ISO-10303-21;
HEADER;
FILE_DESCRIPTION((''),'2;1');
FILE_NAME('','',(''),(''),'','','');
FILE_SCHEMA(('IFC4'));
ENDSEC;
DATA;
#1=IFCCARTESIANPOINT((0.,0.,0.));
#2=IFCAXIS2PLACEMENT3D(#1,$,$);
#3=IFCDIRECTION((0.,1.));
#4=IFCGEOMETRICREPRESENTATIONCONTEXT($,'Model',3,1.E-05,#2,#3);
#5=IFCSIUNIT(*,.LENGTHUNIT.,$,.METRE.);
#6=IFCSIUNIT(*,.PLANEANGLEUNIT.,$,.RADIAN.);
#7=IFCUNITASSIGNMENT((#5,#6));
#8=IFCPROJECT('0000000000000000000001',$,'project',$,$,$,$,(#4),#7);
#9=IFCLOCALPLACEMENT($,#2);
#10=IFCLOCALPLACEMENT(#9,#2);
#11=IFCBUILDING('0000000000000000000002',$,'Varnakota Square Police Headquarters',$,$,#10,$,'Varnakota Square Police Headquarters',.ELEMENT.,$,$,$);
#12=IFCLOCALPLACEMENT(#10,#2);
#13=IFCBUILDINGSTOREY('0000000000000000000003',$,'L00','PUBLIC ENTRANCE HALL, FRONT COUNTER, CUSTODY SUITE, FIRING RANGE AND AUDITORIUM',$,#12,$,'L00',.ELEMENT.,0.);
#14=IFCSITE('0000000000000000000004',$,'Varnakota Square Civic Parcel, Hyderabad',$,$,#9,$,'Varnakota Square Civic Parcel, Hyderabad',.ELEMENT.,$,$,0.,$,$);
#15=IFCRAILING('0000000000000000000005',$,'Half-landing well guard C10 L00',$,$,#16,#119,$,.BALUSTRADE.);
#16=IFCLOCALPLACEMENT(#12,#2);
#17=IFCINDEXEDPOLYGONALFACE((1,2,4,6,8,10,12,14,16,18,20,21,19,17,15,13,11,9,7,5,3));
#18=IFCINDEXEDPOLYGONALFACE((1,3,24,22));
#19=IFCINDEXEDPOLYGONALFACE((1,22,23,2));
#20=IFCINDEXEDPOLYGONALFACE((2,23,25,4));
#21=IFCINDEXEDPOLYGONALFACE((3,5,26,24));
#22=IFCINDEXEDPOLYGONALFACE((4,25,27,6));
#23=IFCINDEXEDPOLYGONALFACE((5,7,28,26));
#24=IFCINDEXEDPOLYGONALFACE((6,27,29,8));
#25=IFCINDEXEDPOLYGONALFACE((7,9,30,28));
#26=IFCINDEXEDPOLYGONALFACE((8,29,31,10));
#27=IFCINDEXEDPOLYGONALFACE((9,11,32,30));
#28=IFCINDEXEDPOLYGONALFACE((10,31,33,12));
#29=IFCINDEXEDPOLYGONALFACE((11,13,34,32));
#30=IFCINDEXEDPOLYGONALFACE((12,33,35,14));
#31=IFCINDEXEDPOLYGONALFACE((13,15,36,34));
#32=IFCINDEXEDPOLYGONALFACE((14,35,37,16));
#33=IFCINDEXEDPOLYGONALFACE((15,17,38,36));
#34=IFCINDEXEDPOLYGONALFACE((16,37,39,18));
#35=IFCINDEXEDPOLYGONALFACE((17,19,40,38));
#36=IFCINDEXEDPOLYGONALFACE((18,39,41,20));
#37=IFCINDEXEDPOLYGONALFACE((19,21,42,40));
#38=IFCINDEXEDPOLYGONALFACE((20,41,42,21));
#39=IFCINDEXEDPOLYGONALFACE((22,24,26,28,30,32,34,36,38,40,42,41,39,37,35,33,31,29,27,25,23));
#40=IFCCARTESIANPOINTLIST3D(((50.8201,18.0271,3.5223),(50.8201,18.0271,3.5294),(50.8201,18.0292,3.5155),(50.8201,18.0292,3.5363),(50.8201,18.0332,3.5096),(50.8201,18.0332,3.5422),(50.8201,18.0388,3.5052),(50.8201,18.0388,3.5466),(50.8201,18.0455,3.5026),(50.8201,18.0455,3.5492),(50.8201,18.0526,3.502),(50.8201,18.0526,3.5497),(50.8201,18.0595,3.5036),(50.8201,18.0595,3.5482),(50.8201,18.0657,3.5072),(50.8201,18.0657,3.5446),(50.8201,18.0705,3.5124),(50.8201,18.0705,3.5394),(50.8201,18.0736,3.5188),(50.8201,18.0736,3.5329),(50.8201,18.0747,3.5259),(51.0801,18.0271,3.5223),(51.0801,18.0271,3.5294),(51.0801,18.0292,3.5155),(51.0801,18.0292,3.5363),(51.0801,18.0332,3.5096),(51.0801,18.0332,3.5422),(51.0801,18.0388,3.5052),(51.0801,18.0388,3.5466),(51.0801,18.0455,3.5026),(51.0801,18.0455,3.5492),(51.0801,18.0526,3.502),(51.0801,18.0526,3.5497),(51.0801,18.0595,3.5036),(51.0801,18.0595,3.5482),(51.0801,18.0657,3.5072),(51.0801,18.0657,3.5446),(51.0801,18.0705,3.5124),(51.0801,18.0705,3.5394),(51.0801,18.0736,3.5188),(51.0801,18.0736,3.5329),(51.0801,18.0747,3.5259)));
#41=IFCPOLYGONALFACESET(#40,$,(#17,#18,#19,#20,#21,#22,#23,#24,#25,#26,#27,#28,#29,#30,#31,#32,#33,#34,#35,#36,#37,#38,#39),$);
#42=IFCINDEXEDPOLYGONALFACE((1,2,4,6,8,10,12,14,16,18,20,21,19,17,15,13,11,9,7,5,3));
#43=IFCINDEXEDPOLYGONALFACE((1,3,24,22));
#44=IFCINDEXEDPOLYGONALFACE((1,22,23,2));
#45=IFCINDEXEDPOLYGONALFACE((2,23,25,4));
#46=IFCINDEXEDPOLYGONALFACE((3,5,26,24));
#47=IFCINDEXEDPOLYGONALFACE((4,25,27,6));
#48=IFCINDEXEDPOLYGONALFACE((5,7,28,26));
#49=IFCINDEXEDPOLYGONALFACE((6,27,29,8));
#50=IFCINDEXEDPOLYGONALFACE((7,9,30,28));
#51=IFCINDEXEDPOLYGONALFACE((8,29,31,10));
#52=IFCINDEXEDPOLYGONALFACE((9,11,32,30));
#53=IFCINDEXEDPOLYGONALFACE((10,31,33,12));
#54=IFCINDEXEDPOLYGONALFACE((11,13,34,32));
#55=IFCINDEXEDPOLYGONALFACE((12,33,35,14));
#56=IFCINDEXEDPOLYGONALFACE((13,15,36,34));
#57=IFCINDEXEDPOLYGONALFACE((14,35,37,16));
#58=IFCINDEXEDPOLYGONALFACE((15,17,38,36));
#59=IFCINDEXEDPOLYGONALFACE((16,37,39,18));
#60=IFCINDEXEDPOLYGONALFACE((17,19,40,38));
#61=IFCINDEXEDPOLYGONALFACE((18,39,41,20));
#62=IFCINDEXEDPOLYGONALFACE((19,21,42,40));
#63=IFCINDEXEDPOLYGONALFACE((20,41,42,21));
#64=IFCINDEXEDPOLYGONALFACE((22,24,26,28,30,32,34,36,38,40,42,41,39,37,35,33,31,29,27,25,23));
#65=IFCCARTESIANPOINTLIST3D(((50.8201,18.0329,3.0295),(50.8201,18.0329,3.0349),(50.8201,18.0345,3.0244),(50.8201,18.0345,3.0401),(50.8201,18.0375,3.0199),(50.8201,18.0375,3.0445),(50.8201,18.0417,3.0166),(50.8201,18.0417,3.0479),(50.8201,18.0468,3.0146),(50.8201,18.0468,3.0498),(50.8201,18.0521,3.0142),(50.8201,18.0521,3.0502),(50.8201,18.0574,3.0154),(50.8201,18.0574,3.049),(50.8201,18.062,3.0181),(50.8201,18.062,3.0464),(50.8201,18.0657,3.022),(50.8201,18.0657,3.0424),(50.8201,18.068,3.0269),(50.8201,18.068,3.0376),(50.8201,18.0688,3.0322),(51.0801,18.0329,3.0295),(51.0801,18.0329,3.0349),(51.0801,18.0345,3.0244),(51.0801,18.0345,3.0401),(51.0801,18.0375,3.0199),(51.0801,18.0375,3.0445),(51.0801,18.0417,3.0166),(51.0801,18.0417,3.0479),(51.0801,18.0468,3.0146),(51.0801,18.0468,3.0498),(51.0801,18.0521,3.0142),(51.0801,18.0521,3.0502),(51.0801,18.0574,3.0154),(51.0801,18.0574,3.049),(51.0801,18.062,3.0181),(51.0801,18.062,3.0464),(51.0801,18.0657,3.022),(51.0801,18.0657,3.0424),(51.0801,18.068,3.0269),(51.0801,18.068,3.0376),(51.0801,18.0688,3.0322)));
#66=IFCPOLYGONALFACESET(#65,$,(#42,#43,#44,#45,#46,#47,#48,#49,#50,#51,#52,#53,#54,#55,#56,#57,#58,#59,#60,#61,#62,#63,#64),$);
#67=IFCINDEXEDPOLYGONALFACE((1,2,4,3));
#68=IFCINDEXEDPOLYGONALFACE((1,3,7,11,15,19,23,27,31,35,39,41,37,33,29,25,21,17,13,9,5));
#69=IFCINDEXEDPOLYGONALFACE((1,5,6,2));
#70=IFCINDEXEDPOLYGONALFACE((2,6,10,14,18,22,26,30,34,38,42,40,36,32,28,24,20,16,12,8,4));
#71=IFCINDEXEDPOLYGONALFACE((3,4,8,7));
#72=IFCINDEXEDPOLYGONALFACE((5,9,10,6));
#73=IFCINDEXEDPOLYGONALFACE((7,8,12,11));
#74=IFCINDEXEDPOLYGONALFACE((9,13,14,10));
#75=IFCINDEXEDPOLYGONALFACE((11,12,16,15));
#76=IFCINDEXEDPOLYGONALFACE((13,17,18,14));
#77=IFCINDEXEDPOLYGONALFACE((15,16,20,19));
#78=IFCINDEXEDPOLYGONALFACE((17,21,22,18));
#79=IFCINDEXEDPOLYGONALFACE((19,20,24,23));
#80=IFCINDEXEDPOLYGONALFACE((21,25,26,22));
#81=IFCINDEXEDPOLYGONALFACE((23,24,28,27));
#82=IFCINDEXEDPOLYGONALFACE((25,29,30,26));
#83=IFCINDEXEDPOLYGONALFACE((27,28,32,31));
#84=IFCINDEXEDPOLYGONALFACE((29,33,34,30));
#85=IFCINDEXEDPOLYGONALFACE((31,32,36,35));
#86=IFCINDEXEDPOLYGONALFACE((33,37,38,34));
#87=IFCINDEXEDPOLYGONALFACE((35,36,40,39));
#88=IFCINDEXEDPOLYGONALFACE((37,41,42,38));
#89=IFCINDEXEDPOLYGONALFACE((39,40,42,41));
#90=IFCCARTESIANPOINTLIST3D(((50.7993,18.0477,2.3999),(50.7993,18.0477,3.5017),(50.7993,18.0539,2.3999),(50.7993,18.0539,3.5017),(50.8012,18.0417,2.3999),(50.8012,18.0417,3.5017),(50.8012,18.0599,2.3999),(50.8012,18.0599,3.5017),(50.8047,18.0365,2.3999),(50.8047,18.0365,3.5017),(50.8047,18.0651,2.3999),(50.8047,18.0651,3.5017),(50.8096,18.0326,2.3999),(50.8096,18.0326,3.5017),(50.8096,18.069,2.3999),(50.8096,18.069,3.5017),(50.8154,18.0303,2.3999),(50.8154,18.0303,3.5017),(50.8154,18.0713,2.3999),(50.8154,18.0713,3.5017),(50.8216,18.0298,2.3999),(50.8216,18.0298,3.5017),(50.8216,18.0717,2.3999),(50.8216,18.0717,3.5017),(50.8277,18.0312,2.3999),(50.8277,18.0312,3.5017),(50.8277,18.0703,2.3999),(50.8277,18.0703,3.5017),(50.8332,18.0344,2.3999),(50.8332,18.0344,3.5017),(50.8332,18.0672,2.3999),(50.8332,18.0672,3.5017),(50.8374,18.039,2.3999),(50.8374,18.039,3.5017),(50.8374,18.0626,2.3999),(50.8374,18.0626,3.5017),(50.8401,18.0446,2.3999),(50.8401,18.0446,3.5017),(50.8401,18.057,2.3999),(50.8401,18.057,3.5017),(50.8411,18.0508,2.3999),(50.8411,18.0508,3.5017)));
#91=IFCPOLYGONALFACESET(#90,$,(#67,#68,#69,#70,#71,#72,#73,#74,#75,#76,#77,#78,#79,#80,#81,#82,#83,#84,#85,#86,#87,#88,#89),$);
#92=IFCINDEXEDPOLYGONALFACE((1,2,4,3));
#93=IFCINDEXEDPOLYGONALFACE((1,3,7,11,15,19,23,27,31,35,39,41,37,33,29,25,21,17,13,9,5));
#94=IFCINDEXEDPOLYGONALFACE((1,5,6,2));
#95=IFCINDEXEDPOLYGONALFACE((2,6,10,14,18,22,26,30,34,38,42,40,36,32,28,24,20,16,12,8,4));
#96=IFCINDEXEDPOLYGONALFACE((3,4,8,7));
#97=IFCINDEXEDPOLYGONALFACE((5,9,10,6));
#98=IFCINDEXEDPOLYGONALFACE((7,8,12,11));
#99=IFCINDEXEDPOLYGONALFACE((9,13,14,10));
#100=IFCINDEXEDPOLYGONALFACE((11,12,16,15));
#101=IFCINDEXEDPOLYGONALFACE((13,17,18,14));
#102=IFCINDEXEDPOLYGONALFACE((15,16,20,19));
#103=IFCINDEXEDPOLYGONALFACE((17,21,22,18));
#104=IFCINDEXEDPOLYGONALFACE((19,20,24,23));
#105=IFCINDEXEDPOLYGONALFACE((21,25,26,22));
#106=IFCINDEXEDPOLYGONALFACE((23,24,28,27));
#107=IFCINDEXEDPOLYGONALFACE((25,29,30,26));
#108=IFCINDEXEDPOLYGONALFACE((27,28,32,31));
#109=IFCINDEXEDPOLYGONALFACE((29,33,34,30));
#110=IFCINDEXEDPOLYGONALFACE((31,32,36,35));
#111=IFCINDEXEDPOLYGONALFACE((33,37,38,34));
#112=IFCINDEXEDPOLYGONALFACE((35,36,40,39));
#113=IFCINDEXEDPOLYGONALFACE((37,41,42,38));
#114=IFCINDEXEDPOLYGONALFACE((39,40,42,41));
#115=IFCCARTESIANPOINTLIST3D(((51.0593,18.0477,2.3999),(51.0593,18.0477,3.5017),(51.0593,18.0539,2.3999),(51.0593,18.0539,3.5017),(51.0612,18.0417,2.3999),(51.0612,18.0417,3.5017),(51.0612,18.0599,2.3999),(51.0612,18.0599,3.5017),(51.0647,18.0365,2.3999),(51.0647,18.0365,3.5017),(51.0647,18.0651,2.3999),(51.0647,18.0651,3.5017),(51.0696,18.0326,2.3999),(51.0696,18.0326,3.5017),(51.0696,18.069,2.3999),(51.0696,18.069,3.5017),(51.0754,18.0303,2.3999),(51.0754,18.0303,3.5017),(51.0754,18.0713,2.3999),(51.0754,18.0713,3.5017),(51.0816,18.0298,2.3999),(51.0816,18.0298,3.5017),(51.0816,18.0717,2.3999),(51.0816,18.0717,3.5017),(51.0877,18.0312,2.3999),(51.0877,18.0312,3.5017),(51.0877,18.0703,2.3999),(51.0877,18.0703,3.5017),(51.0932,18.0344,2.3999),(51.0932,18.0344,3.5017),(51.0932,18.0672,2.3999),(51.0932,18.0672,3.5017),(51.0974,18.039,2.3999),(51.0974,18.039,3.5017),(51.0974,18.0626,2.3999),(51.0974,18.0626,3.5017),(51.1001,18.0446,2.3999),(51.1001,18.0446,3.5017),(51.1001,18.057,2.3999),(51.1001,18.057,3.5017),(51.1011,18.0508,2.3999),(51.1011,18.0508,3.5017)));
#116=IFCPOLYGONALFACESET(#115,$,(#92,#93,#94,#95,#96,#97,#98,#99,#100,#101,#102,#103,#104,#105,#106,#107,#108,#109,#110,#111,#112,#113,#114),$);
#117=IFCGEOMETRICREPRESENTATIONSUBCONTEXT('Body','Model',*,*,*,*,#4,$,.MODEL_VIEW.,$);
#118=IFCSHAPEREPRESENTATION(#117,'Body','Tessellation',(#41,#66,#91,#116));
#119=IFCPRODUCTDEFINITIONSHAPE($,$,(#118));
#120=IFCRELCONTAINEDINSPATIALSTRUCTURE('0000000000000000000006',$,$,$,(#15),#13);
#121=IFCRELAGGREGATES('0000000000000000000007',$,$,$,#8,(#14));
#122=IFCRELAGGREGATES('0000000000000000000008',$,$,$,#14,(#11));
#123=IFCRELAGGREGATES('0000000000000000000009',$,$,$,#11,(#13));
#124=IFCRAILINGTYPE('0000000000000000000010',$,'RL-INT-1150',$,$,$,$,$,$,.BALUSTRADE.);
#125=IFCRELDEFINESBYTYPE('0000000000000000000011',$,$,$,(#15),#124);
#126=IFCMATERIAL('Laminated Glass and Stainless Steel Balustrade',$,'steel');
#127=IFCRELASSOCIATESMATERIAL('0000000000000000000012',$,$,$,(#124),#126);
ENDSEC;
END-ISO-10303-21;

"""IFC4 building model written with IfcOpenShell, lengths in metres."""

from ifc_helpers import new_model, si_unit, direction, frame, origin, origin_2d, place, context, subcontext, project, spatial, circle, extrude, material, type_object, element, save


model = new_model("IFC4")

# Units and contexts
model_context = context("Model", 3, precision=1e-05, world=origin(), true_north=direction((0.0, 1.0)))
body_context = subcontext(model_context, "Body", "Model", "MODEL_VIEW")
ifc_project = project(units=[si_unit("LENGTHUNIT", "METRE"), si_unit("PLANEANGLEUNIT", "RADIAN")], contexts=[model_context])

# Site, building, storey
site_placement = place(None, origin())
site = spatial("IfcSite", under=ifc_project, at=site_placement, Name="Varnakota Square Civic Parcel, Hyderabad", LongName="Varnakota Square Civic Parcel, Hyderabad", CompositionType="ELEMENT", RefElevation=0.0)
building_placement = place(site_placement, origin())
building = spatial("IfcBuilding", under=site, at=building_placement, Name="Varnakota Square Police Headquarters", LongName="Varnakota Square Police Headquarters", CompositionType="ELEMENT")
storey_placement = place(building_placement, origin())
storey = spatial("IfcBuildingStorey", under=building, at=storey_placement, Name="L00", Description="PUBLIC ENTRANCE HALL, FRONT COUNTER, CUSTODY SUITE, FIRING RANGE AND AUDITORIUM", LongName="L00", CompositionType="ELEMENT", Elevation=0.0)

# Railing
ifc_material_1 = material(Name="Laminated Glass and Stainless Steel Balustrade", Category="steel")
railing_type_1 = type_object("IfcRailingType", Name="RL-INT-1150", PredefinedType="BALUSTRADE", material=ifc_material_1)
railing_1_placement = place(storey_placement, frame((50.8201, 18.0508, 2.3999)))
element("IfcRailing", 1, at=railing_1_placement, inside=storey, type_object=railing_type_1, Name="Half-landing well guard C10 L00", PredefinedType="BALUSTRADE", context=body_context, shape_type="SweptSolid", body=[
    extrude(circle(Radius=0.0239, at=origin_2d()), frame((0.0, 0.0, 1.126), z_axis=(1.0, 0.0, 0.0), x_axis=(0.0, 1.0, 0.0)), (0.0, 0.0, 1.0), 0.26),
    extrude(circle(Radius=0.0181, at=origin_2d()), frame((0.0, 0.0, 0.6323), z_axis=(1.0, 0.0, 0.0), x_axis=(0.0, 1.0, 0.0)), (0.0, 0.0, 1.0), 0.26),
    extrude(circle(Radius=0.021, at=origin_2d()), origin(), (0.0, 0.0, 1.0), 1.1018),
    extrude(circle(Radius=0.021, at=origin_2d()), frame((0.26, 0.0, 0.0)), (0.0, 0.0, 1.0), 1.1018),
])

save(model, "model.ifc")
